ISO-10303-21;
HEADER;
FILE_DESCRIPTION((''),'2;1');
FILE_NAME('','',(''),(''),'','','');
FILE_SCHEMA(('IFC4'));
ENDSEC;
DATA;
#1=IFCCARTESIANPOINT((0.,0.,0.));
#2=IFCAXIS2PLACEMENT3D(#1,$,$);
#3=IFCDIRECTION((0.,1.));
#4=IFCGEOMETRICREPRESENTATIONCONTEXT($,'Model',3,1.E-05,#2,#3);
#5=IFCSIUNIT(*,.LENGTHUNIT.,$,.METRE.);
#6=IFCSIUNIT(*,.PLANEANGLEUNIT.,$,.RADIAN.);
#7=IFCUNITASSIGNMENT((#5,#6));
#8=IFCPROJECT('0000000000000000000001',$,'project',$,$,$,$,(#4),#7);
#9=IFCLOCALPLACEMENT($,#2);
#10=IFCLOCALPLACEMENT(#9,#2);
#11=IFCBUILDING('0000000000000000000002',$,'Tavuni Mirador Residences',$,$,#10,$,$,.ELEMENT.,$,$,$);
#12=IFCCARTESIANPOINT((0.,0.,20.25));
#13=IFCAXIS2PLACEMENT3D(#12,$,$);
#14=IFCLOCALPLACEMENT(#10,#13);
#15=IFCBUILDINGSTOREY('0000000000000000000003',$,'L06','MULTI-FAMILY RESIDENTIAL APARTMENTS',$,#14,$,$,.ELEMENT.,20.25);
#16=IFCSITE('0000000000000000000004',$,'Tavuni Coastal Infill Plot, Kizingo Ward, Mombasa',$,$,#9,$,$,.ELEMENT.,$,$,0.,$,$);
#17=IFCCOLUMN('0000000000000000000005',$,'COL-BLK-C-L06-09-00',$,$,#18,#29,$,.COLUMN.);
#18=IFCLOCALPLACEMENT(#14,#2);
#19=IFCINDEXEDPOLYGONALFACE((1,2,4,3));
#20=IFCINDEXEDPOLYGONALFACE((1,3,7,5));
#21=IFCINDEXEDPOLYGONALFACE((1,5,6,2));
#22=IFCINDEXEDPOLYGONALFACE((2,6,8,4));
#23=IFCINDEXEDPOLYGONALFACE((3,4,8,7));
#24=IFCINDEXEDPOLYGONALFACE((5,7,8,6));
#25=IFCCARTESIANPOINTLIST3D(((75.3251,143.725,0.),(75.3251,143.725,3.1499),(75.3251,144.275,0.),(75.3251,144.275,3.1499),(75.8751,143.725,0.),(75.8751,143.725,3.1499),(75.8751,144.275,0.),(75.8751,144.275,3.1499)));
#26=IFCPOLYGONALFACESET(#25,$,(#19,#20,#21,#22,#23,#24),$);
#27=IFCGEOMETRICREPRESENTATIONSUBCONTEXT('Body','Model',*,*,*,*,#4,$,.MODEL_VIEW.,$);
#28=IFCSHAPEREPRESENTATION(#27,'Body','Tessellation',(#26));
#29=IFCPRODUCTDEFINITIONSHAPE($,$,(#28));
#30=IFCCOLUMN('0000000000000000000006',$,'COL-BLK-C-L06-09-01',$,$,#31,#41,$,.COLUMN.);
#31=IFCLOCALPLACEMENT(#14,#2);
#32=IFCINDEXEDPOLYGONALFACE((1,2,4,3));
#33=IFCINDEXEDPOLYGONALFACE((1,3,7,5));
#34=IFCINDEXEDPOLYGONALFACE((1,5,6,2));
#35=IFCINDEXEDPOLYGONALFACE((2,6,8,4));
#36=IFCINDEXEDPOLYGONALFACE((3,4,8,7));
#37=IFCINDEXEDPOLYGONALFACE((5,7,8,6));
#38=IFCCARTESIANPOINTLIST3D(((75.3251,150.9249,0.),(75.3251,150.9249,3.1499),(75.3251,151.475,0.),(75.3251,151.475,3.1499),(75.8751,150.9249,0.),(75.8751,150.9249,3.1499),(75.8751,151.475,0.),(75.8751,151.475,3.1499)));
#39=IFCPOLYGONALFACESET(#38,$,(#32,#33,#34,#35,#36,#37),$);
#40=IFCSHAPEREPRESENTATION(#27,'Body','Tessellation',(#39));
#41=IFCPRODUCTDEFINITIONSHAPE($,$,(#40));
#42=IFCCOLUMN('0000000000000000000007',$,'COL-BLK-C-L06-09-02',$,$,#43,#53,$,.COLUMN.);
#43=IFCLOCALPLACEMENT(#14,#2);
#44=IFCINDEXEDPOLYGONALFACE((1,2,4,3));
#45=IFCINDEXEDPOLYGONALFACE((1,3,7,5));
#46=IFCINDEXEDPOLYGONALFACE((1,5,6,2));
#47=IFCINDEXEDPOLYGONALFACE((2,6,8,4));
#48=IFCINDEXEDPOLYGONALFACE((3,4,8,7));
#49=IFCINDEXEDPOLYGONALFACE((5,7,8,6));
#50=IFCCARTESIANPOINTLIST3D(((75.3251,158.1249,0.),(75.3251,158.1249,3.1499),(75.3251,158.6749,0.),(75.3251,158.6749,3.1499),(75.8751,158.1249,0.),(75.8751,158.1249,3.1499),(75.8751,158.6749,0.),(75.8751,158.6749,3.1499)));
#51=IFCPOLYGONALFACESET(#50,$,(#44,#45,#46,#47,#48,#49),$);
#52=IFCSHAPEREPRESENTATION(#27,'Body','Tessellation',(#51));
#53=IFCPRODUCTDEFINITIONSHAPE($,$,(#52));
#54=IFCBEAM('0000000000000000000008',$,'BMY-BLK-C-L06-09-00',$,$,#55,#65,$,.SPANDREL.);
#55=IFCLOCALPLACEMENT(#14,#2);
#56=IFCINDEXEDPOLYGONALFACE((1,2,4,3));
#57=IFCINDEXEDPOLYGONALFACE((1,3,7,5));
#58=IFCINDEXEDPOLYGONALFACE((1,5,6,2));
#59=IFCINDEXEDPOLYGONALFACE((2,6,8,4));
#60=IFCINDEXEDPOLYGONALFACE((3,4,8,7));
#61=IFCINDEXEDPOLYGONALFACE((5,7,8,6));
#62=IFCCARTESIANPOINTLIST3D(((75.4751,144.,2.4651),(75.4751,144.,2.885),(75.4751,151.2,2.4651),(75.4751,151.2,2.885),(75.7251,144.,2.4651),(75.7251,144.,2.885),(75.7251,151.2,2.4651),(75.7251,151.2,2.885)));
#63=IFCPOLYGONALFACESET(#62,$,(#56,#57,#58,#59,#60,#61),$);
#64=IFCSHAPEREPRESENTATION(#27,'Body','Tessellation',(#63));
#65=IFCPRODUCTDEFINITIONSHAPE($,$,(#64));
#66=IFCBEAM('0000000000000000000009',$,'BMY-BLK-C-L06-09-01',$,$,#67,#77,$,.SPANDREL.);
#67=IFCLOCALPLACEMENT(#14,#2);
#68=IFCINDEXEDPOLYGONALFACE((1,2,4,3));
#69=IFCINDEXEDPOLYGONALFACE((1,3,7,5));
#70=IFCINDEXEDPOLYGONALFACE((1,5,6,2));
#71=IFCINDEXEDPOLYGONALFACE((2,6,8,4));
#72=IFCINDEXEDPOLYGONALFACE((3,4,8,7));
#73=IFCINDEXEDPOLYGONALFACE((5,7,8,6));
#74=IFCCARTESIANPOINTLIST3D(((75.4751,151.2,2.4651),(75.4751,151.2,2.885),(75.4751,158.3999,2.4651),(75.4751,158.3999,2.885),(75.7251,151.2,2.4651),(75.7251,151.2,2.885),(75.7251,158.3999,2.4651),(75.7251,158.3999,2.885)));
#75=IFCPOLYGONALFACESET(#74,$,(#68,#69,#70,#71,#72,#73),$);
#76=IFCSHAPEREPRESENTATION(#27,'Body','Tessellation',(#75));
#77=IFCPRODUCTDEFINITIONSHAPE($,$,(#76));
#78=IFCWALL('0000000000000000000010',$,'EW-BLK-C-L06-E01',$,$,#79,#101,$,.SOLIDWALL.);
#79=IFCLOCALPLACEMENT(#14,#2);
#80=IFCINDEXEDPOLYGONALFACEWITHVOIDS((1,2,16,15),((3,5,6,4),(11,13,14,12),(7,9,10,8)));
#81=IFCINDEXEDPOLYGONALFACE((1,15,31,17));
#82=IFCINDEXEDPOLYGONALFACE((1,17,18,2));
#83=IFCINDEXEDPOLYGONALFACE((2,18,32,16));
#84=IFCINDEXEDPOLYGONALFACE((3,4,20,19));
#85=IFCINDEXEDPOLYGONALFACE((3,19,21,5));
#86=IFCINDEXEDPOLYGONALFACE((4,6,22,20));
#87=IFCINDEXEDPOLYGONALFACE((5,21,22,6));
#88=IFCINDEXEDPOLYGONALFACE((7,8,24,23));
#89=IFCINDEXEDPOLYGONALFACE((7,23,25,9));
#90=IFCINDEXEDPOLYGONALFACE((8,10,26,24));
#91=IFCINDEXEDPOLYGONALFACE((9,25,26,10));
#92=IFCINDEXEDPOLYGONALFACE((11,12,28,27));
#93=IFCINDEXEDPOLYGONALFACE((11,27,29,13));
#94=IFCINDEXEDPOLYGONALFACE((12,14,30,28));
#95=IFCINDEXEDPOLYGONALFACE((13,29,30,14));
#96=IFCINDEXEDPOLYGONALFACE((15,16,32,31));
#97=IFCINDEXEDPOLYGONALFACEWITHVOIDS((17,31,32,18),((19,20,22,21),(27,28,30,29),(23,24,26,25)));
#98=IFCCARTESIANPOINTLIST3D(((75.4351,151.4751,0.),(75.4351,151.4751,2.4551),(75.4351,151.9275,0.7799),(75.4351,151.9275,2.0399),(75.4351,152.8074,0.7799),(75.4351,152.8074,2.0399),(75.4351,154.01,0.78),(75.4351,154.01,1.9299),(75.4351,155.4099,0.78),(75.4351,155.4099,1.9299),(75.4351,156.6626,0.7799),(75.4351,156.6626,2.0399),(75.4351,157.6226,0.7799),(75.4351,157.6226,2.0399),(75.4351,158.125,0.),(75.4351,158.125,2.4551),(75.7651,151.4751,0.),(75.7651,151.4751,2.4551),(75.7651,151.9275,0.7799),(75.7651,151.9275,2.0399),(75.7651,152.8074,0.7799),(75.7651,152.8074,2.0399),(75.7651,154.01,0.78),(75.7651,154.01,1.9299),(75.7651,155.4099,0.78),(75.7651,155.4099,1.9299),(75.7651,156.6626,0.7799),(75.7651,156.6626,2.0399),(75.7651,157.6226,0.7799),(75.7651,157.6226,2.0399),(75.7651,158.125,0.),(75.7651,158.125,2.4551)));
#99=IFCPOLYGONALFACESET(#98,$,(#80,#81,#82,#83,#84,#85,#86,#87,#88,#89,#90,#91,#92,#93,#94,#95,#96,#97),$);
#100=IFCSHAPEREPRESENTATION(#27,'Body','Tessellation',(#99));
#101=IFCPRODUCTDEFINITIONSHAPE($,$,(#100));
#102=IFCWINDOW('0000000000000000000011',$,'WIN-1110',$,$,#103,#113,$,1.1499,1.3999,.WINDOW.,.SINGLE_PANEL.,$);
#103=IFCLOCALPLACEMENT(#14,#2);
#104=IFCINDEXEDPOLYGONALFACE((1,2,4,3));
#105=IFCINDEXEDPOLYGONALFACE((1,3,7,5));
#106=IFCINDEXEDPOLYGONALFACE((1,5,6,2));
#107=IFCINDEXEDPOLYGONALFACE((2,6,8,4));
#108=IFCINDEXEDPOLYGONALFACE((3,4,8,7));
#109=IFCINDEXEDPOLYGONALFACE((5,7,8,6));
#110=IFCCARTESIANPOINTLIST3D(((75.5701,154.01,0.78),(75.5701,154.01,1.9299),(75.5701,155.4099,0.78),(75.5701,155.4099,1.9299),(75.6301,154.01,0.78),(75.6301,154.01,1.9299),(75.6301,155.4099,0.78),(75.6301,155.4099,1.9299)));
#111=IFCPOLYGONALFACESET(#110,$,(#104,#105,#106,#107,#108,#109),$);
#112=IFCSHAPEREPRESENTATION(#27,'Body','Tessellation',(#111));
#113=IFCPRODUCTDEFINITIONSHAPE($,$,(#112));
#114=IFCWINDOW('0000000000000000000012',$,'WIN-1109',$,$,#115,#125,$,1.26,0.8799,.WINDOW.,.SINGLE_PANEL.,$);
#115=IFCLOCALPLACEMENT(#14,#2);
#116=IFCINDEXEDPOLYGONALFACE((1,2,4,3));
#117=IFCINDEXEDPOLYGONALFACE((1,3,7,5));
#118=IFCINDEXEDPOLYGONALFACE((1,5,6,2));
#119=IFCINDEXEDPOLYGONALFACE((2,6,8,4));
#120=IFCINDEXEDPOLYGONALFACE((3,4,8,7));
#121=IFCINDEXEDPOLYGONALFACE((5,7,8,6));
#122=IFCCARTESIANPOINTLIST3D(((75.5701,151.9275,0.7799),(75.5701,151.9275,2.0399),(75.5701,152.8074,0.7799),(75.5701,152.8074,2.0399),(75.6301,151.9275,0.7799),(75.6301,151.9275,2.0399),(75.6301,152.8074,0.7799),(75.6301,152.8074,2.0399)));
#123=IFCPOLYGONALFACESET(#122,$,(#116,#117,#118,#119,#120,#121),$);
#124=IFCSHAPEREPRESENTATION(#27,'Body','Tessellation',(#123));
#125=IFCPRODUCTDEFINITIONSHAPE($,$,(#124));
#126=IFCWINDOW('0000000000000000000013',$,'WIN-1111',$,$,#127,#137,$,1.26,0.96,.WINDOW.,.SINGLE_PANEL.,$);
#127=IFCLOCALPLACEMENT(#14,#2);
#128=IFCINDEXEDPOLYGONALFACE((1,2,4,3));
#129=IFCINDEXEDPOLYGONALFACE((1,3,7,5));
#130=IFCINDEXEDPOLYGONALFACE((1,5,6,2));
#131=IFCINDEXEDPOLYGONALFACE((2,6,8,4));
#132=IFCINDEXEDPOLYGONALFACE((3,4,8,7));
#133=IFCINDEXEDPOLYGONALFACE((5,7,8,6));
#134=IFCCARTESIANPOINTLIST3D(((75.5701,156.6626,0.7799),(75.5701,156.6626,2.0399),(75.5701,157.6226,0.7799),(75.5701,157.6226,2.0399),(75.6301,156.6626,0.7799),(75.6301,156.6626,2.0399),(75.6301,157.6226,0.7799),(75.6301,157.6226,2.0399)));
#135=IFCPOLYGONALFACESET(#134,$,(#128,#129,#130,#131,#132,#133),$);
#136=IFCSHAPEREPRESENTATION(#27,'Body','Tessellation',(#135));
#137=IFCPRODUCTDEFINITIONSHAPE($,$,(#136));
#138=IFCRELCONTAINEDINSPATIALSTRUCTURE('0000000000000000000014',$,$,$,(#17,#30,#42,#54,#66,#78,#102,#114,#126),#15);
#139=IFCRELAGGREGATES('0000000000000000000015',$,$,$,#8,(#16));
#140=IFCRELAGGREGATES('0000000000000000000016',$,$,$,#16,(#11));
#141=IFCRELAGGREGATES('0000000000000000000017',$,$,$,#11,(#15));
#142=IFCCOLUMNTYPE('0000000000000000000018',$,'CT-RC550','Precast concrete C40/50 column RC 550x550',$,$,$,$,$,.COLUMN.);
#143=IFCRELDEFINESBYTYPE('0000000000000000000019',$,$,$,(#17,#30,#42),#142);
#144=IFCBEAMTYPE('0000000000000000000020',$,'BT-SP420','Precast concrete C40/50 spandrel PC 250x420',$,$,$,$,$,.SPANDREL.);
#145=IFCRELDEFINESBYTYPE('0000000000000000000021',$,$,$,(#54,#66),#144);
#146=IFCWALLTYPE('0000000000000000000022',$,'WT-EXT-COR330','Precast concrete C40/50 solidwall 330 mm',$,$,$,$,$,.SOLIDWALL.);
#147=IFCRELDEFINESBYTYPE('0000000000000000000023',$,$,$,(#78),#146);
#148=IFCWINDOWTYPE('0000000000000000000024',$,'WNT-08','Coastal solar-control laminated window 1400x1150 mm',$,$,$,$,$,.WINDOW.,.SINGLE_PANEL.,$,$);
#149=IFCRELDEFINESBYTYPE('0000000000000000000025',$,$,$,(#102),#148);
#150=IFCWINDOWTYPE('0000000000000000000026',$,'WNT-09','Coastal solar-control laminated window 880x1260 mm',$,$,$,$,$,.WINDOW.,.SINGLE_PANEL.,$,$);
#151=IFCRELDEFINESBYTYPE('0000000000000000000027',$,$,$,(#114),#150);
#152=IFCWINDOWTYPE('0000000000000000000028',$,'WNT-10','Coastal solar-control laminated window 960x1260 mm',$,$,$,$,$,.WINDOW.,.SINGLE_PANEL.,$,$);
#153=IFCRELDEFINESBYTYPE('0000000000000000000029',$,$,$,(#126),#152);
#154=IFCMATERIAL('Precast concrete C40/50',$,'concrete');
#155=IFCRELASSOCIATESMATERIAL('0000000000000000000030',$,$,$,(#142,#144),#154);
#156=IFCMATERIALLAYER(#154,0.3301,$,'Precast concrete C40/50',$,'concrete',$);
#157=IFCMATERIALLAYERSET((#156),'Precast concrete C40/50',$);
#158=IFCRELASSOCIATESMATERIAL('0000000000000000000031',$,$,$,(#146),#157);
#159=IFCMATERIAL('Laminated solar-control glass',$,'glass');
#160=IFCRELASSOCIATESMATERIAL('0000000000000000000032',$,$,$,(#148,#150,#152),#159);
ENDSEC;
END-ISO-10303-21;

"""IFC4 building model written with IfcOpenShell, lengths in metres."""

from ifc_helpers import new_model, si_unit, direction, frame, frame_2d, origin, origin_2d, place, context, subcontext, project, spatial, rectangle, extrude, material, layer, layer_set, material_profile, profile_set, type_object, element, fill, save


model = new_model("IFC4")

# Units and contexts
model_context = context("Model", 3, precision=1e-05, world=origin(), true_north=direction((0.0, 1.0)))
body_context = subcontext(model_context, "Body", "Model", "MODEL_VIEW")
ifc_project = project(units=[si_unit("LENGTHUNIT", "METRE"), si_unit("PLANEANGLEUNIT", "RADIAN")], contexts=[model_context])

# Site, building, storey
site_placement = place(None, origin())
site = spatial("IfcSite", under=ifc_project, at=site_placement, Name="Tavuni Coastal Infill Plot, Kizingo Ward, Mombasa", CompositionType="ELEMENT", RefElevation=0.0)
building_placement = place(site_placement, origin())
building = spatial("IfcBuilding", under=site, at=building_placement, Name="Tavuni Mirador Residences", CompositionType="ELEMENT")
storey_placement = place(building_placement, frame((0.0, 0.0, 20.25)))
storey = spatial("IfcBuildingStorey", under=building, at=storey_placement, Name="L06", Description="MULTI-FAMILY RESIDENTIAL APARTMENTS", CompositionType="ELEMENT", Elevation=20.25)

# Columns
ifc_material_1 = material(Name="Precast concrete C40/50", Category="concrete")
ifc_material_profile_1 = material_profile(ifc_material_1, rectangle(XDim=0.55, YDim=0.55, at=origin_2d()), Name="RC 550x550", Category="concrete")
ifc_profile_set_1 = profile_set([ifc_material_profile_1], Name="Precast concrete C40/50")
column_type = type_object("IfcColumnType", Name="CT-RC550", Description="Precast concrete C40/50 column RC 550x550", PredefinedType="COLUMN", material=ifc_profile_set_1)
for number, where, z_axis, x_axis, name in (
    (1, (75.6001, 144.0, 0.0), (0.0, 0.0, 1.0), (1.0, 0.0, 0.0), "COL-BLK-C-L06-09-00"),
    (2, (75.6001, 151.2, 0.0), (0.0, 0.0, 1.0), (1.0, 0.0, 0.0), "COL-BLK-C-L06-09-01"),
    (3, (75.6001, 158.3999, 0.0), (0.0, 0.0, 1.0), (1.0, 0.0, 0.0), "COL-BLK-C-L06-09-02"),
):
    element("IfcColumn", number, at=place(storey_placement, frame(where, z_axis=z_axis, x_axis=x_axis)), inside=storey, type_object=column_type, Name=name, PredefinedType="COLUMN", context=body_context, shape_type="SweptSolid", body=[
        extrude(rectangle(XDim=0.55, YDim=0.55, at=origin_2d()), origin(), (0.0, 0.0, 1.0), 3.1499),
    ])

# Beams
ifc_material_profile_2 = material_profile(ifc_material_1, rectangle(XDim=0.25, YDim=0.4199, at=origin_2d()), Name="PC 250x420", Category="concrete")
ifc_profile_set_2 = profile_set([ifc_material_profile_2], Name="Precast concrete C40/50")
beam_type = type_object("IfcBeamType", Name="BT-SP420", Description="Precast concrete C40/50 spandrel PC 250x420", PredefinedType="SPANDREL", material=ifc_profile_set_2)
for number, where, z_axis, x_axis, name in (
    (4, (75.6001, 144.0, 2.675), (0.0, 1.0, 0.0), (-1.0, 0.0, 0.0), "BMY-BLK-C-L06-09-00"),
    (5, (75.6001, 151.2, 2.675), (0.0, 1.0, 0.0), (-1.0, 0.0, 0.0), "BMY-BLK-C-L06-09-01"),
):
    element("IfcBeam", number, at=place(storey_placement, frame(where, z_axis=z_axis, x_axis=x_axis)), inside=storey, type_object=beam_type, Name=name, PredefinedType="SPANDREL", context=body_context, shape_type="SweptSolid", body=[
        extrude(rectangle(XDim=0.25, YDim=0.4199, at=origin_2d()), origin(), (0.0, 0.0, 1.0), 7.2),
    ])

# Wall, openings, windows
ifc_layer_1 = layer(ifc_material_1, 0.3301, Name="Precast concrete C40/50", Category="concrete")
ifc_layer_set_1 = layer_set([ifc_layer_1], Name="Precast concrete C40/50")
wall_type_1 = type_object("IfcWallType", Name="WT-EXT-COR330", Description="Precast concrete C40/50 solidwall 330 mm", PredefinedType="SOLIDWALL", material=ifc_layer_set_1)
wall_1_placement = place(storey_placement, frame((75.6001, 151.4751, 0.0), z_axis=(0.0, 0.0, 1.0), x_axis=(0.0, 1.0, 0.0)))
wall_1 = element("IfcWall", 6, at=wall_1_placement, inside=storey, type_object=wall_type_1, Name="EW-BLK-C-L06-E01", PredefinedType="SOLIDWALL", context=body_context, shape_type="SweptSolid", body=[
    extrude(rectangle(XDim=6.6499, YDim=0.3301, at=frame_2d((3.325, 0.0))), origin(), (0.0, 0.0, 1.0), 2.4551),
])
opening_1_placement = place(wall_1_placement, frame((0.4524, 0.0, 0.78)))
opening_1 = element("IfcOpeningElement", 7, at=opening_1_placement, cuts=wall_1, PredefinedType="OPENING", context=body_context, shape_type="SweptSolid", body=[
    extrude(rectangle(XDim=0.8799, YDim=1.26, at=frame_2d((0.4399, 0.6299))), frame((0.0, 0.175, 0.0), z_axis=(0.0, -1.0, 0.0), x_axis=(1.0, 0.0, 0.0)), (0.0, 0.0, 1.0), 0.3501),
])
opening_2_placement = place(wall_1_placement, frame((2.5349, 0.0, 0.78)))
opening_2 = element("IfcOpeningElement", 8, at=opening_2_placement, cuts=wall_1, PredefinedType="OPENING", context=body_context, shape_type="SweptSolid", body=[
    extrude(rectangle(XDim=1.3999, YDim=1.1499, at=frame_2d((0.7, 0.575))), frame((0.0, 0.175, 0.0), z_axis=(0.0, -1.0, 0.0), x_axis=(1.0, 0.0, 0.0)), (0.0, 0.0, 1.0), 0.3501),
])
opening_3_placement = place(wall_1_placement, frame((5.1875, 0.0, 0.78)))
opening_3 = element("IfcOpeningElement", 9, at=opening_3_placement, cuts=wall_1, PredefinedType="OPENING", context=body_context, shape_type="SweptSolid", body=[
    extrude(rectangle(XDim=0.96, YDim=1.26, at=frame_2d((0.48, 0.6299))), frame((0.0, 0.175, 0.0), z_axis=(0.0, -1.0, 0.0), x_axis=(1.0, 0.0, 0.0)), (0.0, 0.0, 1.0), 0.3501),
])
ifc_material_2 = material(Name="Laminated solar-control glass", Category="glass")
window_type_1 = type_object("IfcWindowType", Name="WNT-08", Description="Coastal solar-control laminated window 1400x1150 mm", PartitioningType="SINGLE_PANEL", PredefinedType="WINDOW", material=ifc_material_2)
window_1_placement = place(opening_2_placement, origin())
window_1 = element("IfcWindow", 10, at=window_1_placement, inside=storey, type_object=window_type_1, Name="WIN-1110", OverallHeight=1.1499, OverallWidth=1.3999, PartitioningType="SINGLE_PANEL", PredefinedType="WINDOW", context=body_context, shape_type="SweptSolid", body=[
    extrude(rectangle(XDim=1.3999, YDim=1.1499, at=frame_2d((0.7, 0.575))), frame((0.0, 0.03, 0.0), z_axis=(0.0, -1.0, 0.0), x_axis=(1.0, 0.0, 0.0)), (0.0, 0.0, 1.0), 0.0601),
])
fill(opening_2, window_1)
window_type_2 = type_object("IfcWindowType", Name="WNT-09", Description="Coastal solar-control laminated window 880x1260 mm", PartitioningType="SINGLE_PANEL", PredefinedType="WINDOW", material=ifc_material_2)
window_2_placement = place(opening_1_placement, origin())
window_2 = element("IfcWindow", 11, at=window_2_placement, inside=storey, type_object=window_type_2, Name="WIN-1109", OverallHeight=1.26, OverallWidth=0.8799, PartitioningType="SINGLE_PANEL", PredefinedType="WINDOW", context=body_context, shape_type="SweptSolid", body=[
    extrude(rectangle(XDim=0.8799, YDim=1.26, at=frame_2d((0.4399, 0.6299))), frame((0.0, 0.03, 0.0), z_axis=(0.0, -1.0, 0.0), x_axis=(1.0, 0.0, 0.0)), (0.0, 0.0, 1.0), 0.0601),
])
fill(opening_1, window_2)
window_type_3 = type_object("IfcWindowType", Name="WNT-10", Description="Coastal solar-control laminated window 960x1260 mm", PartitioningType="SINGLE_PANEL", PredefinedType="WINDOW", material=ifc_material_2)
window_3_placement = place(opening_3_placement, origin())
window_3 = element("IfcWindow", 12, at=window_3_placement, inside=storey, type_object=window_type_3, Name="WIN-1111", OverallHeight=1.26, OverallWidth=0.96, PartitioningType="SINGLE_PANEL", PredefinedType="WINDOW", context=body_context, shape_type="SweptSolid", body=[
    extrude(rectangle(XDim=0.96, YDim=1.26, at=frame_2d((0.48, 0.6299))), frame((0.0, 0.03, 0.0), z_axis=(0.0, -1.0, 0.0), x_axis=(1.0, 0.0, 0.0)), (0.0, 0.0, 1.0), 0.0601),
])
fill(opening_3, window_3)

save(model, "model.ifc")
